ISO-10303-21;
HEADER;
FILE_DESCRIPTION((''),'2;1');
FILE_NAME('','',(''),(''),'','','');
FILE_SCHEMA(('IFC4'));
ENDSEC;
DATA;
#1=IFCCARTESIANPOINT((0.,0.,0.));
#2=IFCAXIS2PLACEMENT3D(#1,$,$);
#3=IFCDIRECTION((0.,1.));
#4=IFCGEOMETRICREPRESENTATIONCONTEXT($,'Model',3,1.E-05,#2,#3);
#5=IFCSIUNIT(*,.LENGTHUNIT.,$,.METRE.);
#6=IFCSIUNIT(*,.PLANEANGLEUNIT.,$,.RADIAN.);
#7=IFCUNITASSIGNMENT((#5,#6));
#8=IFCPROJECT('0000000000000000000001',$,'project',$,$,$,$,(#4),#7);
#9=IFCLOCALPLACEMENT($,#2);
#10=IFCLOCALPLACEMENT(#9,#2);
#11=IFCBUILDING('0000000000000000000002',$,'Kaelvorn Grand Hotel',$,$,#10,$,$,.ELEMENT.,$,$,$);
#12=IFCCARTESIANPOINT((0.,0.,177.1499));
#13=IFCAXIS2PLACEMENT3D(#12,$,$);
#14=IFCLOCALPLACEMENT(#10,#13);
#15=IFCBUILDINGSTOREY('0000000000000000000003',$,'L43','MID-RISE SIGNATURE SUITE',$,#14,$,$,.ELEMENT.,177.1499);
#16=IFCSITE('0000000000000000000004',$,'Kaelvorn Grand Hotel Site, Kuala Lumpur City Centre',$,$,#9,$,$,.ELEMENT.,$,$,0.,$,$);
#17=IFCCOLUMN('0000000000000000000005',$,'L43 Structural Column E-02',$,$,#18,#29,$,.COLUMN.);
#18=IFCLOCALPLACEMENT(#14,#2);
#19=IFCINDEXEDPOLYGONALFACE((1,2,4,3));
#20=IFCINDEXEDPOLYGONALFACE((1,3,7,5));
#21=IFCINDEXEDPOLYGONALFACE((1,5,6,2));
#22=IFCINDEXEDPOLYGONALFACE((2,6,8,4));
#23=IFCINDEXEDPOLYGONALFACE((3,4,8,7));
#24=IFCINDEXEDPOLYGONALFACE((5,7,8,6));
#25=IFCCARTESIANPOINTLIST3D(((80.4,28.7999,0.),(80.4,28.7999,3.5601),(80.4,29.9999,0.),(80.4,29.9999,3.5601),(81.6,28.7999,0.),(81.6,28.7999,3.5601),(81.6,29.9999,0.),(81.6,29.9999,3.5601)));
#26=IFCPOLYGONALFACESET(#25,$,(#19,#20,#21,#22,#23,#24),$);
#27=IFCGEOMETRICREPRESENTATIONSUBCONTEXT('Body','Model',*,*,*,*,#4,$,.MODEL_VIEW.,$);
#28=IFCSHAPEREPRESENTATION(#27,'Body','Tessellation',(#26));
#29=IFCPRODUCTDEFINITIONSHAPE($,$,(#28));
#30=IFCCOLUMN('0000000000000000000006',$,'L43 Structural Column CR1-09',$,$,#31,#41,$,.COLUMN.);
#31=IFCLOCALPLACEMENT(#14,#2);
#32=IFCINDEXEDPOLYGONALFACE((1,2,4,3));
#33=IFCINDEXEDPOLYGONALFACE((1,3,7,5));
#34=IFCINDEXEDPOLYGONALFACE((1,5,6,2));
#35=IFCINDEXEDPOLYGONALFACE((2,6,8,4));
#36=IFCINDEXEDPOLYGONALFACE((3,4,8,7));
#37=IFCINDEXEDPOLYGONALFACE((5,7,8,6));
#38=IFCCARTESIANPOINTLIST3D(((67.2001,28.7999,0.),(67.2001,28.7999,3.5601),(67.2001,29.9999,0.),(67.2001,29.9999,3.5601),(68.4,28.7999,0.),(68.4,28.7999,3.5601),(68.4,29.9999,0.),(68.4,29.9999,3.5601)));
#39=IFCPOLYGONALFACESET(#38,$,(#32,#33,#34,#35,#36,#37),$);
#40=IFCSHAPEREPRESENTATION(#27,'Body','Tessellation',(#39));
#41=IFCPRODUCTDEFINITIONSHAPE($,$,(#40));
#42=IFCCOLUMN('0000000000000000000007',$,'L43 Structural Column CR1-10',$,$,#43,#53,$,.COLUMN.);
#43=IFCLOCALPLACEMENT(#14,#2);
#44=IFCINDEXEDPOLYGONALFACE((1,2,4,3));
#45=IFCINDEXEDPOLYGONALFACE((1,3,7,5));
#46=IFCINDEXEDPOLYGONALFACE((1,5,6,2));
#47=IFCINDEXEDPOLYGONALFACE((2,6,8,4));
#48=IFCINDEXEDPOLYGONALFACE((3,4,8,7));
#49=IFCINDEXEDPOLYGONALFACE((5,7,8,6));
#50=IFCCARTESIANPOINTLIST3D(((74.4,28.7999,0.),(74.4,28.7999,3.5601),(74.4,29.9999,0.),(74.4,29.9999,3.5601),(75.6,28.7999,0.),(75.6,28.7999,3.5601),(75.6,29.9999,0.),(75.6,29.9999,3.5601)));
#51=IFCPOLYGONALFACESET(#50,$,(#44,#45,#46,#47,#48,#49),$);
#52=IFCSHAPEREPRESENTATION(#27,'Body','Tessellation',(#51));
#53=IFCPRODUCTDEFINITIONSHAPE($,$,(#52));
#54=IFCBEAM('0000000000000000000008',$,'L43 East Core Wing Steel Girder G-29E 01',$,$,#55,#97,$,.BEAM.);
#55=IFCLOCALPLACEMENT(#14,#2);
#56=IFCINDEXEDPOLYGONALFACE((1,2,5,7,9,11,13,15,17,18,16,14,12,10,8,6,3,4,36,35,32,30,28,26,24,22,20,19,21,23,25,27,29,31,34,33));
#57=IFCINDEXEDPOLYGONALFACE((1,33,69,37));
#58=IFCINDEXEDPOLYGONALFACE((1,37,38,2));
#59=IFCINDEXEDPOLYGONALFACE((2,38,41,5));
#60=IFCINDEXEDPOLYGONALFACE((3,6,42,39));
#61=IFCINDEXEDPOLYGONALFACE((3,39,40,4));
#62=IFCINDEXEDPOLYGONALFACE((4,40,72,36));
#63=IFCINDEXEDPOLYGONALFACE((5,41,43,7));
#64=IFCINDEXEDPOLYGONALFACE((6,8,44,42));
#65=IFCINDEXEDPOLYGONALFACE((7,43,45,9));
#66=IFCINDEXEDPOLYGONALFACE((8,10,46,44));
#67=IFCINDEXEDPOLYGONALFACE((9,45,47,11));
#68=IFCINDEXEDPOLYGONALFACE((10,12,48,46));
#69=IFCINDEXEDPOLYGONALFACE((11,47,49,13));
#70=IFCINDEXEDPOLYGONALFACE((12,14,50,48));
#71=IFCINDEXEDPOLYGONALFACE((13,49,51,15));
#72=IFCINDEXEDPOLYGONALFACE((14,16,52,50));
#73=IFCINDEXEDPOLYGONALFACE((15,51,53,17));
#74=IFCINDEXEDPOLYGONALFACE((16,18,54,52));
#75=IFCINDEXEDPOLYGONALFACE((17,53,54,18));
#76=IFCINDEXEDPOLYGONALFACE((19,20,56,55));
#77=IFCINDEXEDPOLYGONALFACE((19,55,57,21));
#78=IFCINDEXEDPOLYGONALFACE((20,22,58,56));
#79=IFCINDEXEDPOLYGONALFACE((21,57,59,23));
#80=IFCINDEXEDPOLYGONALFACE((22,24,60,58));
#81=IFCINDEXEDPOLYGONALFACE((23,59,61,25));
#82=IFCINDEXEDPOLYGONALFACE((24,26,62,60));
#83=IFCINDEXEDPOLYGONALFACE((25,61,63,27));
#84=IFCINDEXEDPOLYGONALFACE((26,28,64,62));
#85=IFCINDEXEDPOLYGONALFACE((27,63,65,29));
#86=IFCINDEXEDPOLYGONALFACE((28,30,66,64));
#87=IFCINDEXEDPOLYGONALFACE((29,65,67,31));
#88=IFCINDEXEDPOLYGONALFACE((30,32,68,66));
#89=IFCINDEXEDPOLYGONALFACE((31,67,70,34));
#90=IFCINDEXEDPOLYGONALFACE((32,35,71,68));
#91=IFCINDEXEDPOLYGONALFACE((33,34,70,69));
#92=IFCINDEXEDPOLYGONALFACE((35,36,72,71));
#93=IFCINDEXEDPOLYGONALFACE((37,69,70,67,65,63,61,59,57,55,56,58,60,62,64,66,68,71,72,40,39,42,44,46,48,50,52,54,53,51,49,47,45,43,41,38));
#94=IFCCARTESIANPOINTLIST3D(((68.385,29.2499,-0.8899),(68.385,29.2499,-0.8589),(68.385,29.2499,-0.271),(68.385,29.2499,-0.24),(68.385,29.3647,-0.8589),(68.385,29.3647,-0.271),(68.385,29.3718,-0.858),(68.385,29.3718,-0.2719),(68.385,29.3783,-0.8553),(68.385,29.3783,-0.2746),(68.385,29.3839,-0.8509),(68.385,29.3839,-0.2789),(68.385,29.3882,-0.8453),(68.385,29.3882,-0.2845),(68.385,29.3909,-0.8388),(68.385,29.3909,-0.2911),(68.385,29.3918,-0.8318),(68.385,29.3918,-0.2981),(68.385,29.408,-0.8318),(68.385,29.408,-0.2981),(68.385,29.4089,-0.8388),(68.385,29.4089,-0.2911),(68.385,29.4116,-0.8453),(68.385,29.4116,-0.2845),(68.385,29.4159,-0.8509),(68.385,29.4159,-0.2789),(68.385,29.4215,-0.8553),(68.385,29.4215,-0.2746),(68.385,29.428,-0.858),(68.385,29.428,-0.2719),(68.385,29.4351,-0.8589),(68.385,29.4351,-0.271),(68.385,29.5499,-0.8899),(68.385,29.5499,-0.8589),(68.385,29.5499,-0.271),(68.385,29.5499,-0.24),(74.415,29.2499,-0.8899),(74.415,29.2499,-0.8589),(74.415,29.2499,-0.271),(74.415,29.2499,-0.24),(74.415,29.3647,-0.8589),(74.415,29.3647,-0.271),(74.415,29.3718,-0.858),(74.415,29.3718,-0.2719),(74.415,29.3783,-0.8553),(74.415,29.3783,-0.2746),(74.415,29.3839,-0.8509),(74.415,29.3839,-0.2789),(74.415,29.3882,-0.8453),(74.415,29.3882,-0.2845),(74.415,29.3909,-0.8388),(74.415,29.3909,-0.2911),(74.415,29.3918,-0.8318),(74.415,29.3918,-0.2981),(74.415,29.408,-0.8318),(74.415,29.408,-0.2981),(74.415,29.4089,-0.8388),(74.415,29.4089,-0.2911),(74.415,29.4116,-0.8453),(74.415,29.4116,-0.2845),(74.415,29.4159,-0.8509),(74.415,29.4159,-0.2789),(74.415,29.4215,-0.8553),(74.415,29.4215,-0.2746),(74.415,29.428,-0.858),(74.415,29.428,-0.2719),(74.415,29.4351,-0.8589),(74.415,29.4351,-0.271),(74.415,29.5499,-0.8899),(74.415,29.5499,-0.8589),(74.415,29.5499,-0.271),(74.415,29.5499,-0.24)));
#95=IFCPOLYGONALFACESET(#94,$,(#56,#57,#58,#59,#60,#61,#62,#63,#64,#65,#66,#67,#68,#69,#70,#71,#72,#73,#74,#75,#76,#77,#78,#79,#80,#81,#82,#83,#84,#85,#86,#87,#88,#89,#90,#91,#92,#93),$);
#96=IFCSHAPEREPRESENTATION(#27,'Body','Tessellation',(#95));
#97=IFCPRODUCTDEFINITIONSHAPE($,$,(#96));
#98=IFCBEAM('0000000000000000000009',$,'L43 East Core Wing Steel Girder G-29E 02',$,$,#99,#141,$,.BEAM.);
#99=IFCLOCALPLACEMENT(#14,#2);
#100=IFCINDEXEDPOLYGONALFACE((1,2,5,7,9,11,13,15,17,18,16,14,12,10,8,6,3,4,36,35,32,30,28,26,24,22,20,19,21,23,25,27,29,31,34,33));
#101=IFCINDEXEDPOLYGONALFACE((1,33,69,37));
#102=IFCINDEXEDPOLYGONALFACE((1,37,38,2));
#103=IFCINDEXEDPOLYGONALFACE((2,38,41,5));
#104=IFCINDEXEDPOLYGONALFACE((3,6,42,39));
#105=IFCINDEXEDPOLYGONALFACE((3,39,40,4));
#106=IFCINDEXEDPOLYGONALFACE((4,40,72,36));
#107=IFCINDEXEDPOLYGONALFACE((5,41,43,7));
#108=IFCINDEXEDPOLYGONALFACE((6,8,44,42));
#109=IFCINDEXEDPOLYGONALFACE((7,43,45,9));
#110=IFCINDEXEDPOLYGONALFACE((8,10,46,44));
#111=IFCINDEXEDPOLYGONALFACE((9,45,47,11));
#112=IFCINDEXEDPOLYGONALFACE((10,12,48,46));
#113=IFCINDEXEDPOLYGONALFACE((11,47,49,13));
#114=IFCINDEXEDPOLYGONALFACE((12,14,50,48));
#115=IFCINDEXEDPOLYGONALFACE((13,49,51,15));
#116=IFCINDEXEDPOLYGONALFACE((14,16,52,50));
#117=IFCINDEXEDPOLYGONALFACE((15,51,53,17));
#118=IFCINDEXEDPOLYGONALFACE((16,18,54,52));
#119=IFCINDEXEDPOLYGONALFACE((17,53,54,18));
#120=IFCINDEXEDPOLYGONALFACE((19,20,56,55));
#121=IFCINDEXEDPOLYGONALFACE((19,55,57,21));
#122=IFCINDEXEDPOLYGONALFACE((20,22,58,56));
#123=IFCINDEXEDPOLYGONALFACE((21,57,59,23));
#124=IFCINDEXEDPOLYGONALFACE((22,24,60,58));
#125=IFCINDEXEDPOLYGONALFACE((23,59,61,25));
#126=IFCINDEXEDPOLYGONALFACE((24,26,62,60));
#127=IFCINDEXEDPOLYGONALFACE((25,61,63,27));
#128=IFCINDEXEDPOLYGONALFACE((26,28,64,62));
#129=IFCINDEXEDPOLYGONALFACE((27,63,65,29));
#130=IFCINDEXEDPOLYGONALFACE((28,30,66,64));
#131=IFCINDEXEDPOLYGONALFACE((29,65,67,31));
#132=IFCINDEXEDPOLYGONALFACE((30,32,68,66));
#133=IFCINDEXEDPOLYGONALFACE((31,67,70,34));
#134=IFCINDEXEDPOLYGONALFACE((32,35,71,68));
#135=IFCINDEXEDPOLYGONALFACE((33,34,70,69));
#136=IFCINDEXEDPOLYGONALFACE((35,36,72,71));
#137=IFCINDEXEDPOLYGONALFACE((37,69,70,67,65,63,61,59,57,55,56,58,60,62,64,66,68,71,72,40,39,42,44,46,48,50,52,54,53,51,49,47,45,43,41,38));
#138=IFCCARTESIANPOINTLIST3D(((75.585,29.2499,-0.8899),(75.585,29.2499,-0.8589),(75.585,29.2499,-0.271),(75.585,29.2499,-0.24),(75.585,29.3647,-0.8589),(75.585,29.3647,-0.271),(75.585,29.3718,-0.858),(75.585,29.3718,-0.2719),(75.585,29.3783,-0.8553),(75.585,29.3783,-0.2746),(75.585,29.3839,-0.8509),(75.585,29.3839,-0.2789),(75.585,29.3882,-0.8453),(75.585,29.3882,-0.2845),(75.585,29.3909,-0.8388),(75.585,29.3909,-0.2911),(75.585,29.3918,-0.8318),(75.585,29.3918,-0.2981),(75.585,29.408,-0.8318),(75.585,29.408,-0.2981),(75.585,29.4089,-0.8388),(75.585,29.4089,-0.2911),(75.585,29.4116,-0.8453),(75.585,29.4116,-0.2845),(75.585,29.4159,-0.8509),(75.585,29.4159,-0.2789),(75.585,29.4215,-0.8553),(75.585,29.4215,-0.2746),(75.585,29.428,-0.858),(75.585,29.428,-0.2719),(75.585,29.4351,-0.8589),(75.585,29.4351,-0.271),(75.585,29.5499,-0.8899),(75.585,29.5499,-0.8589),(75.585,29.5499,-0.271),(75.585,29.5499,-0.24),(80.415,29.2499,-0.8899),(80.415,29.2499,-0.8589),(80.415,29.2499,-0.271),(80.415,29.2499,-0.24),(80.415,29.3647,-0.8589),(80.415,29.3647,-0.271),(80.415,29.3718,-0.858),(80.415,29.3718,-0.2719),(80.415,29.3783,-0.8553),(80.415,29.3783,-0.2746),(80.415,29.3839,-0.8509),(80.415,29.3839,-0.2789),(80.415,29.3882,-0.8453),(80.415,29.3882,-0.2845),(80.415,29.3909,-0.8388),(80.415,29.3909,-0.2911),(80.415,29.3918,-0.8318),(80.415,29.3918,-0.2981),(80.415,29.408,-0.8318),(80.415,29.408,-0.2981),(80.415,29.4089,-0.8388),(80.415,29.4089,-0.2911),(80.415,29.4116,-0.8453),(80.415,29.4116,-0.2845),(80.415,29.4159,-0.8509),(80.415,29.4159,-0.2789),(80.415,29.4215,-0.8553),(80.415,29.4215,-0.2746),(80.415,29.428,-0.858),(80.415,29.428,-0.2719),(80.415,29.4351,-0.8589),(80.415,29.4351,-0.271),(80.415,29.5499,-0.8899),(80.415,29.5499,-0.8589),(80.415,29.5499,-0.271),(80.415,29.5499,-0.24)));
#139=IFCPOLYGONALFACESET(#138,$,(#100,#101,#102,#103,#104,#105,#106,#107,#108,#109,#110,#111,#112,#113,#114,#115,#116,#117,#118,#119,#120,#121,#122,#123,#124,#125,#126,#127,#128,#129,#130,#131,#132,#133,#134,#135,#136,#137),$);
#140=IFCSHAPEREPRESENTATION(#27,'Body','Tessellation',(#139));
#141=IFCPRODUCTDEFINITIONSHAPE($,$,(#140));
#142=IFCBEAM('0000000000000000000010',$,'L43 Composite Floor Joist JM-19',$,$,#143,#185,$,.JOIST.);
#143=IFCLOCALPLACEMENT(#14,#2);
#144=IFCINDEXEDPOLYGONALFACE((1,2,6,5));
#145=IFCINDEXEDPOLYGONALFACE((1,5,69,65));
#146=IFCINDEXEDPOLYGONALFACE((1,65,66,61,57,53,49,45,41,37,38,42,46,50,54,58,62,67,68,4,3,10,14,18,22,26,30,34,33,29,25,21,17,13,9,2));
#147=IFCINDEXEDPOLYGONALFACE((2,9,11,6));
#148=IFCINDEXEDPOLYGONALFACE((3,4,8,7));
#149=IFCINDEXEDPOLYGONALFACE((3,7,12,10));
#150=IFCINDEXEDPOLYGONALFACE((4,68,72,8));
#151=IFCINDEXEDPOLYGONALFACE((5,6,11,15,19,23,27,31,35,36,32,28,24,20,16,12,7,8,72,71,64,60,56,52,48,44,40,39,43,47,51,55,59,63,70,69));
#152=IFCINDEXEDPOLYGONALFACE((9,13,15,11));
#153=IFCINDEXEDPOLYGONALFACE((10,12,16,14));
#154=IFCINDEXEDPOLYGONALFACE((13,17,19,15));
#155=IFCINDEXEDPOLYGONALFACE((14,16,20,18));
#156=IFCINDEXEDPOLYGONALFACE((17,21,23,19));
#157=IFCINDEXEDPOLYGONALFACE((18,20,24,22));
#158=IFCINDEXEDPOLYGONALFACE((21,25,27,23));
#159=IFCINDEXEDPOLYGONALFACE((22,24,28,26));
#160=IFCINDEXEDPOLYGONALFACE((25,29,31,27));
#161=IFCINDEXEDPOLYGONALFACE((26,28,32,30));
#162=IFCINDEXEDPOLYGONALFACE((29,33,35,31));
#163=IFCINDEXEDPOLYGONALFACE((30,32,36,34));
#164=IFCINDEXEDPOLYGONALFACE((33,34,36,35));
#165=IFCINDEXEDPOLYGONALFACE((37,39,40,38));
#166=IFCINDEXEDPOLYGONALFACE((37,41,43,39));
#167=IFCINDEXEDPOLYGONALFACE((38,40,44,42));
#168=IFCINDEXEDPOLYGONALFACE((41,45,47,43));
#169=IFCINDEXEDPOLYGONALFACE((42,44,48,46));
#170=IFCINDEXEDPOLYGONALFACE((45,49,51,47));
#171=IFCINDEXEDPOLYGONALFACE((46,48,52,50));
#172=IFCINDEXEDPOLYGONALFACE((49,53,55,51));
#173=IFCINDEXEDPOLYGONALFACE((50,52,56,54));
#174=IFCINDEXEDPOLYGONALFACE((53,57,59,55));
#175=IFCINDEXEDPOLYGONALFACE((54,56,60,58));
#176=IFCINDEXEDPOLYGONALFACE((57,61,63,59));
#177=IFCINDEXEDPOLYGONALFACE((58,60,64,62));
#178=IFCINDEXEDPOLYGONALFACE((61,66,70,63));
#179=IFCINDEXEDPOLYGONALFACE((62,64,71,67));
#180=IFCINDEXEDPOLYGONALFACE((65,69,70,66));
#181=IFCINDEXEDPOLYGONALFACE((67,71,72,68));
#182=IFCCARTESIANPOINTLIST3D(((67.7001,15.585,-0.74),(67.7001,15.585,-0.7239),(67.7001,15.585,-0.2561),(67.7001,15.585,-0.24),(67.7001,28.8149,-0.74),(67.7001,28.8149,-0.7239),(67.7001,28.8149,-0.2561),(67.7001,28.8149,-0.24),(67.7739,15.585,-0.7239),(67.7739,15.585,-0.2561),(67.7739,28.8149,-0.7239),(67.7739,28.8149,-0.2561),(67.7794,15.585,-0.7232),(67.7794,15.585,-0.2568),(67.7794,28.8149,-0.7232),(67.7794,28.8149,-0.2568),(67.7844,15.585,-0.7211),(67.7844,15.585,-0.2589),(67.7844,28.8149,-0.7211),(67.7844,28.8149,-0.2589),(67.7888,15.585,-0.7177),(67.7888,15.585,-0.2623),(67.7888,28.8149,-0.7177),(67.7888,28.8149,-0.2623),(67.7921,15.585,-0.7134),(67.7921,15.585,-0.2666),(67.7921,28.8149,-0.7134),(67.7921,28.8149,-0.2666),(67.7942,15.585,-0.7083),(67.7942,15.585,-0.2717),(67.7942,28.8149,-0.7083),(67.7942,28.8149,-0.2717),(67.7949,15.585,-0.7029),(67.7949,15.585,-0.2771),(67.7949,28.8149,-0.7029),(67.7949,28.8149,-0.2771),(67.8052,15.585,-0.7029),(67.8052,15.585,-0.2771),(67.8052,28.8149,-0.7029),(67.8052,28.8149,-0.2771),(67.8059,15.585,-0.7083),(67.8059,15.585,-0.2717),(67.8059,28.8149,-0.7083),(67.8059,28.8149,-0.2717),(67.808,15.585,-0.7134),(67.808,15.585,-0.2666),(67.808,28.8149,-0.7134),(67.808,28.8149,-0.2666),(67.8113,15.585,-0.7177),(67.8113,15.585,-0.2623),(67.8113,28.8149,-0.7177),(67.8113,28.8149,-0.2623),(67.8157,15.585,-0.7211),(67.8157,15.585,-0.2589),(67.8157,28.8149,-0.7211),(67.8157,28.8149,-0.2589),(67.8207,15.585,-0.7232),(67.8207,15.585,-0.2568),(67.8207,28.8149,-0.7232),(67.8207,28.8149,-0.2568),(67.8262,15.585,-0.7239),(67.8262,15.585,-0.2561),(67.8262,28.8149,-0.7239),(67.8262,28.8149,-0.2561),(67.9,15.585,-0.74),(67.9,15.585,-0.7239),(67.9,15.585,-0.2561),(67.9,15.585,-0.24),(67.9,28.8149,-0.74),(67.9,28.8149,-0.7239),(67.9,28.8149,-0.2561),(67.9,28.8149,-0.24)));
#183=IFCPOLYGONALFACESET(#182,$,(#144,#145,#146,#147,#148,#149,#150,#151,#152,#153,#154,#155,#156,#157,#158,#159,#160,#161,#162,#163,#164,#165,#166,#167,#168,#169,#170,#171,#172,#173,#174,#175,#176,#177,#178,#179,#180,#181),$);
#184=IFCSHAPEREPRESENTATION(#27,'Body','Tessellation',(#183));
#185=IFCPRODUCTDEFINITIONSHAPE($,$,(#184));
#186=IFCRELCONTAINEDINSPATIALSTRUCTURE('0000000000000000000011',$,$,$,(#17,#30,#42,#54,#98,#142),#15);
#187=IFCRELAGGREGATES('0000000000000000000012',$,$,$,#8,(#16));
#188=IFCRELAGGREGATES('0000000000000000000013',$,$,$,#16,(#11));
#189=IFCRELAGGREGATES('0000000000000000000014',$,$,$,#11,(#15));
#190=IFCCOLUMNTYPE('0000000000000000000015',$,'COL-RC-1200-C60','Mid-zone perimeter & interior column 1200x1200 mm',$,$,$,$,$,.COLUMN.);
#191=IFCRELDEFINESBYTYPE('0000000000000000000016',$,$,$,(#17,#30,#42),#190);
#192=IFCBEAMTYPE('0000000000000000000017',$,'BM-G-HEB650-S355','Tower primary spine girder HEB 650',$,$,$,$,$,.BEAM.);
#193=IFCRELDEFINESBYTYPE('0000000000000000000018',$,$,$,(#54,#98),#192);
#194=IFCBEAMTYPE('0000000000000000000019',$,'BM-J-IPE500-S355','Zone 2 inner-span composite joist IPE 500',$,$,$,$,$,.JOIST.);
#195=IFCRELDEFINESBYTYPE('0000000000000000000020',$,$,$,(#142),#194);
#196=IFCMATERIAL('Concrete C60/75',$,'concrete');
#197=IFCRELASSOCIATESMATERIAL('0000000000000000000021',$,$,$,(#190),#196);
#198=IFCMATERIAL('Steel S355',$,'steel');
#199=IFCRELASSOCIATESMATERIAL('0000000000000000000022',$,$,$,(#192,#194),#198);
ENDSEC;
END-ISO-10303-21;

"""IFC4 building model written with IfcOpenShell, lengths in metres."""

from ifc_helpers import new_model, si_unit, direction, frame, origin, origin_2d, place, context, subcontext, project, spatial, rectangle, i_section, extrude, material, material_profile, profile_set, type_object, element, save


model = new_model("IFC4")

# Units and contexts
model_context = context("Model", 3, precision=1e-05, world=origin(), true_north=direction((0.0, 1.0)))
body_context = subcontext(model_context, "Body", "Model", "MODEL_VIEW")
ifc_project = project(units=[si_unit("LENGTHUNIT", "METRE"), si_unit("PLANEANGLEUNIT", "RADIAN")], contexts=[model_context])

# Site, building, storey
site_placement = place(None, origin())
site = spatial("IfcSite", under=ifc_project, at=site_placement, Name="Kaelvorn Grand Hotel Site, Kuala Lumpur City Centre", CompositionType="ELEMENT", RefElevation=0.0)
building_placement = place(site_placement, origin())
building = spatial("IfcBuilding", under=site, at=building_placement, Name="Kaelvorn Grand Hotel", CompositionType="ELEMENT")
storey_placement = place(building_placement, frame((0.0, 0.0, 177.1499)))
storey = spatial("IfcBuildingStorey", under=building, at=storey_placement, Name="L43", Description="MID-RISE SIGNATURE SUITE", CompositionType="ELEMENT", Elevation=177.1499)

# Columns
ifc_material_1 = material(Name="Concrete C60/75", Category="concrete")
ifc_material_profile_1 = material_profile(ifc_material_1, rectangle(XDim=1.2, YDim=1.2, at=origin_2d()), Name="RC COL 1200x1200")
ifc_profile_set_1 = profile_set([ifc_material_profile_1], Name="Concrete C60/75")
column_type = type_object("IfcColumnType", Name="COL-RC-1200-C60", Description="Mid-zone perimeter & interior column 1200x1200 mm", PredefinedType="COLUMN", material=ifc_profile_set_1)
for number, where, z_axis, x_axis, name in (
    (1, (81.0, 29.3999, 0.0), (0.0, 0.0, 1.0), (1.0, 0.0, 0.0), "L43 Structural Column E-02"),
    (2, (67.8, 29.3999, 0.0), (0.0, 0.0, 1.0), (1.0, 0.0, 0.0), "L43 Structural Column CR1-09"),
    (3, (75.0, 29.3999, 0.0), (0.0, 0.0, 1.0), (1.0, 0.0, 0.0), "L43 Structural Column CR1-10"),
):
    element("IfcColumn", number, at=place(storey_placement, frame(where, z_axis=z_axis, x_axis=x_axis)), inside=storey, type_object=column_type, Name=name, PredefinedType="COLUMN", context=body_context, shape_type="SweptSolid", body=[
        extrude(rectangle(XDim=1.2, YDim=1.2, at=origin_2d()), origin(), (0.0, 0.0, 1.0), 3.5601),
    ])

# Beams
ifc_material_2 = material(Name="Steel S355", Category="steel")
ifc_material_profile_2 = material_profile(ifc_material_2, i_section(OverallWidth=0.3, OverallDepth=0.6499, WebThickness=0.0161, FlangeThickness=0.031, FilletRadius=0.0271, at=origin_2d()), Name="HEB 650")
ifc_profile_set_2 = profile_set([ifc_material_profile_2], Name="Steel S355")
beam_type_1 = type_object("IfcBeamType", Name="BM-G-HEB650-S355", Description="Tower primary spine girder HEB 650", PredefinedType="BEAM", material=ifc_profile_set_2)
beam_1_placement = place(storey_placement, frame((68.385, 29.3999, -0.5649), z_axis=(1.0, 0.0, 0.0), x_axis=(0.0, 1.0, 0.0)))
element("IfcBeam", 4, at=beam_1_placement, inside=storey, type_object=beam_type_1, Name="L43 East Core Wing Steel Girder G-29E 01", PredefinedType="BEAM", context=body_context, shape_type="SweptSolid", body=[
    extrude(i_section(OverallWidth=0.3, OverallDepth=0.6499, WebThickness=0.0161, FlangeThickness=0.031, FilletRadius=0.0271, at=origin_2d()), origin(), (0.0, 0.0, 1.0), 6.03),
])
beam_2_placement = place(storey_placement, frame((75.585, 29.3999, -0.5649), z_axis=(1.0, 0.0, 0.0), x_axis=(0.0, 1.0, 0.0)))
element("IfcBeam", 5, at=beam_2_placement, inside=storey, type_object=beam_type_1, Name="L43 East Core Wing Steel Girder G-29E 02", PredefinedType="BEAM", context=body_context, shape_type="SweptSolid", body=[
    extrude(i_section(OverallWidth=0.3, OverallDepth=0.6499, WebThickness=0.0161, FlangeThickness=0.031, FilletRadius=0.0271, at=origin_2d()), origin(), (0.0, 0.0, 1.0), 4.8301),
])
ifc_material_profile_3 = material_profile(ifc_material_2, i_section(OverallWidth=0.2, OverallDepth=0.5, WebThickness=0.0103, FlangeThickness=0.0161, FilletRadius=0.021, at=origin_2d()), Name="IPE 500")
ifc_profile_set_3 = profile_set([ifc_material_profile_3], Name="Steel S355")
beam_type_2 = type_object("IfcBeamType", Name="BM-J-IPE500-S355", Description="Zone 2 inner-span composite joist IPE 500", PredefinedType="JOIST", material=ifc_profile_set_3)
beam_3_placement = place(storey_placement, frame((67.8, 15.585, -0.49), z_axis=(0.0, 1.0, 0.0), x_axis=(-1.0, 0.0, 0.0)))
element("IfcBeam", 6, at=beam_3_placement, inside=storey, type_object=beam_type_2, Name="L43 Composite Floor Joist JM-19", PredefinedType="JOIST", context=body_context, shape_type="SweptSolid", body=[
    extrude(i_section(OverallWidth=0.2, OverallDepth=0.5, WebThickness=0.0103, FlangeThickness=0.0161, FilletRadius=0.021, at=origin_2d()), origin(), (0.0, 0.0, 1.0), 13.23),
])

save(model, "model.ifc")
